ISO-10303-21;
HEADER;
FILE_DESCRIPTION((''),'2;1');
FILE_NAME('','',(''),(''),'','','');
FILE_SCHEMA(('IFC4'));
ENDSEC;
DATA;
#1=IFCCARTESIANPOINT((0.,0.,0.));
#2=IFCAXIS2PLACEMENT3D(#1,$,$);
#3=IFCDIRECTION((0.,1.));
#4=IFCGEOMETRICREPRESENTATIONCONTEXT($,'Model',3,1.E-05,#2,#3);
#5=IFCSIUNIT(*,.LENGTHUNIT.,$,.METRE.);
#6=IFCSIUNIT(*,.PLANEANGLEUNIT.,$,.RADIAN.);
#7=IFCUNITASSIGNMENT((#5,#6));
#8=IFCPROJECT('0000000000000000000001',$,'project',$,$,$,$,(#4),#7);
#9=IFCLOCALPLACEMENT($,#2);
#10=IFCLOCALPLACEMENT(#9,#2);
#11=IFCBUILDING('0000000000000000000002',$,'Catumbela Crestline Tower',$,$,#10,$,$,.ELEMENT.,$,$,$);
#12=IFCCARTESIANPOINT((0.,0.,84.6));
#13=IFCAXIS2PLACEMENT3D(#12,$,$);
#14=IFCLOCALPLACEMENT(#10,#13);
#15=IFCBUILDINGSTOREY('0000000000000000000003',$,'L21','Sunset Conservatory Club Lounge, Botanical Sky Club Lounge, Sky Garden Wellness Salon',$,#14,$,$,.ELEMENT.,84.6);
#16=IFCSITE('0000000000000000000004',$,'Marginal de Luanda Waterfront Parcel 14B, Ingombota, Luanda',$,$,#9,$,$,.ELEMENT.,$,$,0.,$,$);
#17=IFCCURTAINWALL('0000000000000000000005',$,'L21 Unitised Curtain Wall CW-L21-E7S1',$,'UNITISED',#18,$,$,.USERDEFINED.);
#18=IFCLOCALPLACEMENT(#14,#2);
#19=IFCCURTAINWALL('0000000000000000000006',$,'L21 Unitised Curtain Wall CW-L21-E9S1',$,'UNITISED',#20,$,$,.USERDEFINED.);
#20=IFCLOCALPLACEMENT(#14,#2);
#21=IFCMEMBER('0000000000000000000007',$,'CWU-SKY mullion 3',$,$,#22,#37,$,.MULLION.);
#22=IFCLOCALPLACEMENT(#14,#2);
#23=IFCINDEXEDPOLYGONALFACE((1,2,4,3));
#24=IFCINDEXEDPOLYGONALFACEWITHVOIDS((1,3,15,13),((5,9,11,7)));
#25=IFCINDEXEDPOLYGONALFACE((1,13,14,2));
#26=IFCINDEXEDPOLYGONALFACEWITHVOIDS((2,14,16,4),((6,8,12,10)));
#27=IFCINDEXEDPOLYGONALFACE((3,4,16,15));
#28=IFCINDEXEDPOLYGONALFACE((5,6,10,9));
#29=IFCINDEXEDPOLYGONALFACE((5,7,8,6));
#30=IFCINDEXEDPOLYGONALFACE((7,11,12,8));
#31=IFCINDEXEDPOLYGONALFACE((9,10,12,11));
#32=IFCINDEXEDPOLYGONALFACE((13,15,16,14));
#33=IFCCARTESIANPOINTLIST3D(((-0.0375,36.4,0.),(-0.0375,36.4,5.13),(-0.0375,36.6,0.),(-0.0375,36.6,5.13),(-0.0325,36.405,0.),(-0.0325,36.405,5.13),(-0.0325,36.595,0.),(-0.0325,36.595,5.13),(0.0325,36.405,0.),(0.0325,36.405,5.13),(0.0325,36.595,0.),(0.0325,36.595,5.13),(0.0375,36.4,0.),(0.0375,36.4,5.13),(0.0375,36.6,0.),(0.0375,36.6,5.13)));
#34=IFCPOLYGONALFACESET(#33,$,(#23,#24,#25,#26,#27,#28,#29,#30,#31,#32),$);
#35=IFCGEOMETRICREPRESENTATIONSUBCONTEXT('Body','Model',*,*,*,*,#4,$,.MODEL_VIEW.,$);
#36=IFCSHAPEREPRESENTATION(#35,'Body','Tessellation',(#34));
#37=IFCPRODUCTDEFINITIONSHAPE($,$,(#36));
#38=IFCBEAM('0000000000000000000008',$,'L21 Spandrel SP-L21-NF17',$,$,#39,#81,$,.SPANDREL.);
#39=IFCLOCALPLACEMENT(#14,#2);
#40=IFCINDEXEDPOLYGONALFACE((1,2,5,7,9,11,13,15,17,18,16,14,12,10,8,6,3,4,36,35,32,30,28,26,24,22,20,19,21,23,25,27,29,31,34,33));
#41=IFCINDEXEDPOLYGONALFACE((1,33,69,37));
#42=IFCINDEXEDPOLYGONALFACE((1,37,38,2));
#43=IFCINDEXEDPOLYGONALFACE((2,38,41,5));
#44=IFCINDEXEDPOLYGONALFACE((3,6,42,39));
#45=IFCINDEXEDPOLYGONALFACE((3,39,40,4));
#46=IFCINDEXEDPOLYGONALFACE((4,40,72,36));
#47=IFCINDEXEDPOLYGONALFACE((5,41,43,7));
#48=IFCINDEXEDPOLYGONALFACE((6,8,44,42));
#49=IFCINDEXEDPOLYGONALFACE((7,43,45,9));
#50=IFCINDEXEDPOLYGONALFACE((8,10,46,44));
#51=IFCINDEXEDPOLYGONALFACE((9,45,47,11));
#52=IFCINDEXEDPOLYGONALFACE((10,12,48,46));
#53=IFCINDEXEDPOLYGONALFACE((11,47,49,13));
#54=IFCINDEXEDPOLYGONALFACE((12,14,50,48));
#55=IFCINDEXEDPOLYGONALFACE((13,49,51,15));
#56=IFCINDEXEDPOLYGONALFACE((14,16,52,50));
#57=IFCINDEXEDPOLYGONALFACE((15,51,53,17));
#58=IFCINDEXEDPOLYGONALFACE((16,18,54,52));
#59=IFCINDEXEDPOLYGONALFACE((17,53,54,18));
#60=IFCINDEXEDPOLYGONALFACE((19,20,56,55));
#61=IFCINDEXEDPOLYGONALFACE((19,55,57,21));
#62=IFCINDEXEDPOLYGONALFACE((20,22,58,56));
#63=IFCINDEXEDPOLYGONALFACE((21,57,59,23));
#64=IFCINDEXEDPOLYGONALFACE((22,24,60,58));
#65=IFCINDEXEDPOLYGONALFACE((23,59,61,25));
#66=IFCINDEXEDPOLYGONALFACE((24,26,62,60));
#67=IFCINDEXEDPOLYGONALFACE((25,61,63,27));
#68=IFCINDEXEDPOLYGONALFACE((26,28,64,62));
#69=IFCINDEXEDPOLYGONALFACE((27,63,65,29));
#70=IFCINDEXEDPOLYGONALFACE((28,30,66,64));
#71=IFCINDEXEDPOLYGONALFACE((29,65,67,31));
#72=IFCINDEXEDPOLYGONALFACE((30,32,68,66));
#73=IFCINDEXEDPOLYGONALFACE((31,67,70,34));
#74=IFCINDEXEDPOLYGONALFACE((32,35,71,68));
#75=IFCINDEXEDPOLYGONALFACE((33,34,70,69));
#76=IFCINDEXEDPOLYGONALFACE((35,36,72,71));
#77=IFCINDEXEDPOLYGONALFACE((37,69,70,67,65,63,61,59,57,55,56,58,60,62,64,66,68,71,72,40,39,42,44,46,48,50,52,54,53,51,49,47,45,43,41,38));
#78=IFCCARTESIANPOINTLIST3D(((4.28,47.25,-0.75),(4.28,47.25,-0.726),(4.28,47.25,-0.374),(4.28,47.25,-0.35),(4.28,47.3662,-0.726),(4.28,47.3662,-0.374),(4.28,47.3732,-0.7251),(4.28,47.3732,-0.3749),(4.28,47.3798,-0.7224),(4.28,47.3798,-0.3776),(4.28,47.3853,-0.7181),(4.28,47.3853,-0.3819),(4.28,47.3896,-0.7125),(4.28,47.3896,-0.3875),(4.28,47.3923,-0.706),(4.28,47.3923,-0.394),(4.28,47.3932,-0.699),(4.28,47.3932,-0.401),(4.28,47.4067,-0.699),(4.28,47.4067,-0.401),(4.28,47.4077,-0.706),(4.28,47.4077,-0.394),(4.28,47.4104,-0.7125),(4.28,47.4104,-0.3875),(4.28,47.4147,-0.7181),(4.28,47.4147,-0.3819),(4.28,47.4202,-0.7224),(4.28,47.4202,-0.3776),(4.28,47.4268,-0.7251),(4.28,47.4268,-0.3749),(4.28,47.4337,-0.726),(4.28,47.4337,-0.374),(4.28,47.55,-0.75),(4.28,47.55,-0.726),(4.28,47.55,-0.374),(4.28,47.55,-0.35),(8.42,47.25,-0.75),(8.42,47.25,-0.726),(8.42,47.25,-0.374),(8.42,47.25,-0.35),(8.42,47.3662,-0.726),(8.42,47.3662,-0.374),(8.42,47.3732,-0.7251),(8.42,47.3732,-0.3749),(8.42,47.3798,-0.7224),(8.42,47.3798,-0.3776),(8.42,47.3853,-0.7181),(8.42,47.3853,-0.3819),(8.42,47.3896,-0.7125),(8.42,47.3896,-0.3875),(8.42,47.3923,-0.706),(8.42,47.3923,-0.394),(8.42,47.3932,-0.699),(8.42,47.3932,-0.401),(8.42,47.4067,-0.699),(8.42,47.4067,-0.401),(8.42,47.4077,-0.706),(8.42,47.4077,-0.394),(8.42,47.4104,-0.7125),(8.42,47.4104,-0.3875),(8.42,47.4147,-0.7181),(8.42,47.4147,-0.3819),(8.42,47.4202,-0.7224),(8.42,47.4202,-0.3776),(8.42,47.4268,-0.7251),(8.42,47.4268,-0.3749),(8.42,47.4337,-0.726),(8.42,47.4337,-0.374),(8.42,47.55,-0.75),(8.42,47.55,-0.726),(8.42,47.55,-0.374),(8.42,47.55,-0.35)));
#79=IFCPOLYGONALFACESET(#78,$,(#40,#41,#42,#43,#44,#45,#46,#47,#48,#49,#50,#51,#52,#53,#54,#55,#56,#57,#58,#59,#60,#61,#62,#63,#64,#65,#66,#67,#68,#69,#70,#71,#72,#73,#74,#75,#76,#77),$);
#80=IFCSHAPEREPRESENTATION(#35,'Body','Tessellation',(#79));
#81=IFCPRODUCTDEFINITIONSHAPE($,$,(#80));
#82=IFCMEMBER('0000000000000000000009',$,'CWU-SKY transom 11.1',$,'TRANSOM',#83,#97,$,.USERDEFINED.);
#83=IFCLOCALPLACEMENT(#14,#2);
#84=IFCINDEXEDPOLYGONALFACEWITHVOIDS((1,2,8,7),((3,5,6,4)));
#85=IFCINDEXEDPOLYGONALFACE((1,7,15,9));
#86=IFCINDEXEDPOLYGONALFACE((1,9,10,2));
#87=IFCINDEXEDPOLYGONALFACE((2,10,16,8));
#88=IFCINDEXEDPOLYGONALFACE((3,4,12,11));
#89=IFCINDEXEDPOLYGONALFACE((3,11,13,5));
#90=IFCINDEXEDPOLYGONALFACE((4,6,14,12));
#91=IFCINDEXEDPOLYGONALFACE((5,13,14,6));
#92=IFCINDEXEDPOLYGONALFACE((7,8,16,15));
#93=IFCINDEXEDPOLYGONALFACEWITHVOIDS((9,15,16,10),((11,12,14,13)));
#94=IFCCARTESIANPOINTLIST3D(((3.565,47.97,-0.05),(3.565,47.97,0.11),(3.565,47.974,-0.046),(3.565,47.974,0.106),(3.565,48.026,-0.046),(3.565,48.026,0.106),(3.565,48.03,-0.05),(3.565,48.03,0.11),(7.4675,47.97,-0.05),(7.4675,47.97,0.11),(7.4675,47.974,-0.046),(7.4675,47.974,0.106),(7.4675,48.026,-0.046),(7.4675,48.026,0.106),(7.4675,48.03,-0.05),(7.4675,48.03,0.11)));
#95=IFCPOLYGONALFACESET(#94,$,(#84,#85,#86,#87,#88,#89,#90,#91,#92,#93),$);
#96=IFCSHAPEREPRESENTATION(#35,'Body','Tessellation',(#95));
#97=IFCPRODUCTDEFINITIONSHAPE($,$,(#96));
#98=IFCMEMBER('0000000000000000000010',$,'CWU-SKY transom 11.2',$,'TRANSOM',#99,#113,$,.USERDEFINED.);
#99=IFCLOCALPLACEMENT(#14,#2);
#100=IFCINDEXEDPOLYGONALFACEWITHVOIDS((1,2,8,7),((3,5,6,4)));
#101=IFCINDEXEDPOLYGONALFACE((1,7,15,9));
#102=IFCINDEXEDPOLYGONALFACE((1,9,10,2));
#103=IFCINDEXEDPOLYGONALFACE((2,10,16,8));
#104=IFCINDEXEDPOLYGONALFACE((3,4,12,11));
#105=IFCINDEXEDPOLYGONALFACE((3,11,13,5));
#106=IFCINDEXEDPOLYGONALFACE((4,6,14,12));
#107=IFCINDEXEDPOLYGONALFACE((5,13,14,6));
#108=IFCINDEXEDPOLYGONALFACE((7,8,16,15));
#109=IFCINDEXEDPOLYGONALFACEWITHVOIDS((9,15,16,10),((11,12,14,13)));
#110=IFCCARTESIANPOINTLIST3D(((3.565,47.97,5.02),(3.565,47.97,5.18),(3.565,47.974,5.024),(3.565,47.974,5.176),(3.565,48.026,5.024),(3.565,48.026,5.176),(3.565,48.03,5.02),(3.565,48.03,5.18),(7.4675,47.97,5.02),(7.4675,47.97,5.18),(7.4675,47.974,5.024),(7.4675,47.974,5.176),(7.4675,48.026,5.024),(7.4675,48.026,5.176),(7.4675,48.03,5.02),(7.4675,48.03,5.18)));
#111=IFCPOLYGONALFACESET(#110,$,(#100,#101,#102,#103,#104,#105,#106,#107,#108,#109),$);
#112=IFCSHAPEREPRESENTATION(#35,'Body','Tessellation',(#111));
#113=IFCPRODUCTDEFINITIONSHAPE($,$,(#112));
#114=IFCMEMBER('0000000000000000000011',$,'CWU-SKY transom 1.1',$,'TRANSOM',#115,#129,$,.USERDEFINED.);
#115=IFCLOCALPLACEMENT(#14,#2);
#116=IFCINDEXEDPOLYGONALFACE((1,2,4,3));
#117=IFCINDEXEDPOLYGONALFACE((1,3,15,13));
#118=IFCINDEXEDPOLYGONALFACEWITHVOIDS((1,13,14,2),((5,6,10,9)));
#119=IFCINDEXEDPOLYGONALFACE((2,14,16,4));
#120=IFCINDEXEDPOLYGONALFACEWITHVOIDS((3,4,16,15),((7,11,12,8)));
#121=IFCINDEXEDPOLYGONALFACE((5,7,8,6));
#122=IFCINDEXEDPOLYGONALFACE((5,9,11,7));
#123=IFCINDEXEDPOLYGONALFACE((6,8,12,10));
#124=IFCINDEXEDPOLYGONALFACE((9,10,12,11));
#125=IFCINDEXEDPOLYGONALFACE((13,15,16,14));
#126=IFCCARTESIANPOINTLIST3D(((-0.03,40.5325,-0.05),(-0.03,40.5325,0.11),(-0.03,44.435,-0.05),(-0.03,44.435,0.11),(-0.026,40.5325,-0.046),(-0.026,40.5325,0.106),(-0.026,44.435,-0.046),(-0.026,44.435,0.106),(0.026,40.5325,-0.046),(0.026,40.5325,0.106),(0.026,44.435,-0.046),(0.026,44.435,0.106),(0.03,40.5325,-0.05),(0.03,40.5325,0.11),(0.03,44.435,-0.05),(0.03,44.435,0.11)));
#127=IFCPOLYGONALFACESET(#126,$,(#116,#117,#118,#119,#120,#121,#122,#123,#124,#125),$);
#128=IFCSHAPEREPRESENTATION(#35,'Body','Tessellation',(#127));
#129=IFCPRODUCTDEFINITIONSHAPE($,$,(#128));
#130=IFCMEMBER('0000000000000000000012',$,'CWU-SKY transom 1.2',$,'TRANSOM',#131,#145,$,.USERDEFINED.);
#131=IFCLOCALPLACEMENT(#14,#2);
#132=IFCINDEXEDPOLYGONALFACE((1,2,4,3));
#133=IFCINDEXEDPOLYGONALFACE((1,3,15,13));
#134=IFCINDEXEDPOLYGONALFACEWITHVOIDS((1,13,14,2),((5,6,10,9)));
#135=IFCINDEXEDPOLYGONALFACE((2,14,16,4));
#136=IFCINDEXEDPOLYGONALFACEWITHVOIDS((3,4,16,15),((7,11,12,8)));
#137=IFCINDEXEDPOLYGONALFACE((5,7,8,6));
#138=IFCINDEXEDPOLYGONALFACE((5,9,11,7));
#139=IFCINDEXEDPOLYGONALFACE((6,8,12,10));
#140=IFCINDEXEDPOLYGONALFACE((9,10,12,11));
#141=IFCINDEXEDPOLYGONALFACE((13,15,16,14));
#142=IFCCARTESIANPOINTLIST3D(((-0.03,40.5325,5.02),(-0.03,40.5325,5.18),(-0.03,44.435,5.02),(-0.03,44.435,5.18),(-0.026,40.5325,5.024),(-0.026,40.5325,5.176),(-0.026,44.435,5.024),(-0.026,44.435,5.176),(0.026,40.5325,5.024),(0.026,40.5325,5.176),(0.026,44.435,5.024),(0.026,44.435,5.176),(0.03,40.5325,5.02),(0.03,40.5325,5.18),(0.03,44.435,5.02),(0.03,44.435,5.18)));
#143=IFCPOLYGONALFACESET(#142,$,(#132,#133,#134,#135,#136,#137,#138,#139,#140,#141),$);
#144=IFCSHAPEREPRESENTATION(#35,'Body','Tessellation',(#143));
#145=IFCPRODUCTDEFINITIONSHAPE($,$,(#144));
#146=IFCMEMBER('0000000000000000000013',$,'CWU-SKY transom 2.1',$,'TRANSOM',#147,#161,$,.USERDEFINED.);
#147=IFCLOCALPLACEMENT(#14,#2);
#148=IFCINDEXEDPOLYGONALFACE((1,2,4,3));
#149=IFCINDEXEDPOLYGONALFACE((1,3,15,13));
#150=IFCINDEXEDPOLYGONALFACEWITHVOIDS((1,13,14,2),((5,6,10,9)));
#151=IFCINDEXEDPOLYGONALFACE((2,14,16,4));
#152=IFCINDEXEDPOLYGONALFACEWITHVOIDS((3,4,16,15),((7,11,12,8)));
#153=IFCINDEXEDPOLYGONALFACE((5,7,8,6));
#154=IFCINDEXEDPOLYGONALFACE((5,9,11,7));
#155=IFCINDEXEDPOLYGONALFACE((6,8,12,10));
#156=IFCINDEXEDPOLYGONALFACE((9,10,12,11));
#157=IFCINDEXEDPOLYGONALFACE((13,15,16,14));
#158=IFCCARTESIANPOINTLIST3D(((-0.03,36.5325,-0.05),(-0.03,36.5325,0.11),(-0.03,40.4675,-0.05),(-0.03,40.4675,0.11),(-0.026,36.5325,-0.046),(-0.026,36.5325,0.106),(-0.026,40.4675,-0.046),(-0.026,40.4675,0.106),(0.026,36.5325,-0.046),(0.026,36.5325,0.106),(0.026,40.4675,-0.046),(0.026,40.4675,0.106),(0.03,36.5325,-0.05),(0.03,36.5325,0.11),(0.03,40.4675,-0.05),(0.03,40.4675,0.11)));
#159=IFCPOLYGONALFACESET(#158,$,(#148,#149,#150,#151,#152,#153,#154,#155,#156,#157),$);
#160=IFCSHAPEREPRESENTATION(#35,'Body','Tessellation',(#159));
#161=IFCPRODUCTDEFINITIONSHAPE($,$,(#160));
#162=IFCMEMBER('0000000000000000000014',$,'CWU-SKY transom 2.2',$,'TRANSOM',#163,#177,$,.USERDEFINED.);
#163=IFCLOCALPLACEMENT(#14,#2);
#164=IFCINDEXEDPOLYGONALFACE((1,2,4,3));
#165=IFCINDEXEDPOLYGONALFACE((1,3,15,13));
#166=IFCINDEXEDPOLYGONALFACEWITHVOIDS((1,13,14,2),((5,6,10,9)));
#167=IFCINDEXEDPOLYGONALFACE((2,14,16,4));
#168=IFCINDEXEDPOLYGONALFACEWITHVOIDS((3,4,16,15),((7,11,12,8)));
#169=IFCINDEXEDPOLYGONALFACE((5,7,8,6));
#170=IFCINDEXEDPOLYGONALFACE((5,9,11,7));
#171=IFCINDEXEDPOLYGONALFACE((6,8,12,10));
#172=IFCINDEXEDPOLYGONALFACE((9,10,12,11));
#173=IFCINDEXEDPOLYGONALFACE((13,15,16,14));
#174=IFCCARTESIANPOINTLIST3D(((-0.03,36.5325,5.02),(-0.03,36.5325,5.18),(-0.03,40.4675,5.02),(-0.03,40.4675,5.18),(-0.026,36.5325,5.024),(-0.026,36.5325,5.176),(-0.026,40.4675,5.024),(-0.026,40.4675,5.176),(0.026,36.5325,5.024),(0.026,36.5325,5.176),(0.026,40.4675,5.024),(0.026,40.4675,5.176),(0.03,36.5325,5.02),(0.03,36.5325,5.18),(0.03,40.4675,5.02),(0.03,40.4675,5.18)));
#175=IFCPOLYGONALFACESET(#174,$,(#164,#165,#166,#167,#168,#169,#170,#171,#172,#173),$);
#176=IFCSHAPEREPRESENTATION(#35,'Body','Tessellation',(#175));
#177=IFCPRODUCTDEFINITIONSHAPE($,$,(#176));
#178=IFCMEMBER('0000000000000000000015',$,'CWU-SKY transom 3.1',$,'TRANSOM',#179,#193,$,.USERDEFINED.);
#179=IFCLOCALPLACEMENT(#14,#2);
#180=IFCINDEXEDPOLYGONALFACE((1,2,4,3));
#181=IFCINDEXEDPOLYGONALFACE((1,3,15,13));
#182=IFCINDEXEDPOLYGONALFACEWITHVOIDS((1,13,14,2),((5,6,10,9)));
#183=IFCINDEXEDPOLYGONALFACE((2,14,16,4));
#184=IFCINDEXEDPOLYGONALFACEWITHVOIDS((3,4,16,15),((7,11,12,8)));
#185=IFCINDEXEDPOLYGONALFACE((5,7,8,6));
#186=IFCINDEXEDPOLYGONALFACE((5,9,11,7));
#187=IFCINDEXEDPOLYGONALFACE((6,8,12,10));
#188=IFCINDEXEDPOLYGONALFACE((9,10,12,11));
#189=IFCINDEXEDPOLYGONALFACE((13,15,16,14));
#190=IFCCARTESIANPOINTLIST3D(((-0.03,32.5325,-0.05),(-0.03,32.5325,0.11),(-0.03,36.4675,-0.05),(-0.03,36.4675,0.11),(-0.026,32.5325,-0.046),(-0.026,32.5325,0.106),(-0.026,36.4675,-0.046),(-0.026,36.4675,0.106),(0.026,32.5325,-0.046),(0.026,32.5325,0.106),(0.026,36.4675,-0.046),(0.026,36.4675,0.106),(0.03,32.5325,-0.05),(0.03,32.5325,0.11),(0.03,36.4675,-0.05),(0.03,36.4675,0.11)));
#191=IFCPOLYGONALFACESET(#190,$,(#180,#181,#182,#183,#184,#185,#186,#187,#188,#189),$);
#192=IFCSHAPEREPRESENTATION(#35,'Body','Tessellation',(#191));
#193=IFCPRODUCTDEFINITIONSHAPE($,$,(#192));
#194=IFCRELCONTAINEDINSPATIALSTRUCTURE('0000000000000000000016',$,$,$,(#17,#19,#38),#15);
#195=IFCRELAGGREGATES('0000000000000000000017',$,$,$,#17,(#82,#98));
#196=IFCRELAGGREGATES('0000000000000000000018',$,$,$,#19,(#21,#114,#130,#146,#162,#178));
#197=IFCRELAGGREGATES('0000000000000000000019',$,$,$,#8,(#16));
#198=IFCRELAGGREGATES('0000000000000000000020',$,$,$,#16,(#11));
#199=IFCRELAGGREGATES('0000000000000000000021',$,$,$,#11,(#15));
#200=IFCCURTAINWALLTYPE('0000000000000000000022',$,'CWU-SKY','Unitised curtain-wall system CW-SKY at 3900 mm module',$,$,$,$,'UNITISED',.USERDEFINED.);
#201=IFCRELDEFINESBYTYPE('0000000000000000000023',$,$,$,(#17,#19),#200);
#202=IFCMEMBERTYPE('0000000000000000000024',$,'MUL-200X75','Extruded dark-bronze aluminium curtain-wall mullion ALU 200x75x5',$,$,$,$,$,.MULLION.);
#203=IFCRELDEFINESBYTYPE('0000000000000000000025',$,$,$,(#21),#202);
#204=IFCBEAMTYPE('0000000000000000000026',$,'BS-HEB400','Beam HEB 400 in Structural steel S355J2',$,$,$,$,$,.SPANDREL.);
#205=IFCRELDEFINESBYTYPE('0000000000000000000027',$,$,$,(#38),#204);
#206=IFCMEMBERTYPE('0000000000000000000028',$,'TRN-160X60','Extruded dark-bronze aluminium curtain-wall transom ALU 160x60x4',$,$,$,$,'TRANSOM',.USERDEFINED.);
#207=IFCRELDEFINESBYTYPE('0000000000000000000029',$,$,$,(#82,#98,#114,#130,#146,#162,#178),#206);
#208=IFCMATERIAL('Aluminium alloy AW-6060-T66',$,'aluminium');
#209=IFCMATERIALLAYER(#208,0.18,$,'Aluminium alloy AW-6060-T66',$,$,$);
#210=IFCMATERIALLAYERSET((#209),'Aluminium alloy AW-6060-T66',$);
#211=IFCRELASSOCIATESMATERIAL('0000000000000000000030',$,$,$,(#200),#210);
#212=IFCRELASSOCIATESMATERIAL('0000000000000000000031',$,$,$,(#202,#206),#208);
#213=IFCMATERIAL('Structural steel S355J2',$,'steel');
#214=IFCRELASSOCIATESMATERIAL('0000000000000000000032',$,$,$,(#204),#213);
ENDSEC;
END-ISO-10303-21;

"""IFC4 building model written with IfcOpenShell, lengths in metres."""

from ifc_helpers import new_model, si_unit, direction, frame, origin, origin_2d, place, context, subcontext, project, spatial, hollow_rectangle, i_section, extrude, material, layer, layer_set, material_profile, profile_set, type_object, element, aggregate, save


model = new_model("IFC4")

# Units and contexts
model_context = context("Model", 3, precision=1e-05, world=origin(), true_north=direction((0.0, 1.0)))
body_context = subcontext(model_context, "Body", "Model", "MODEL_VIEW")
ifc_project = project(units=[si_unit("LENGTHUNIT", "METRE"), si_unit("PLANEANGLEUNIT", "RADIAN")], contexts=[model_context])

# Site, building, storey
site_placement = place(None, origin())
site = spatial("IfcSite", under=ifc_project, at=site_placement, Name="Marginal de Luanda Waterfront Parcel 14B, Ingombota, Luanda", CompositionType="ELEMENT", RefElevation=0.0)
building_placement = place(site_placement, origin())
building = spatial("IfcBuilding", under=site, at=building_placement, Name="Catumbela Crestline Tower", CompositionType="ELEMENT")
storey_placement = place(building_placement, frame((0.0, 0.0, 84.6)))
storey = spatial("IfcBuildingStorey", under=building, at=storey_placement, Name="L21", Description="Sunset Conservatory Club Lounge, Botanical Sky Club Lounge, Sky Garden Wellness Salon", CompositionType="ELEMENT", Elevation=84.6)

# Shared definitions
ifc_material_1 = material(Name="Structural steel S355J2", Category="steel")

# Curtain wall
ifc_material_2 = material(Name="Aluminium alloy AW-6060-T66", Category="aluminium")
ifc_layer_1 = layer(ifc_material_2, 0.18, Name="Aluminium alloy AW-6060-T66")
ifc_layer_set_1 = layer_set([ifc_layer_1], Name="Aluminium alloy AW-6060-T66")
curtain_wall_type = type_object("IfcCurtainWallType", Name="CWU-SKY", Description="Unitised curtain-wall system CW-SKY at 3900 mm module", ElementType="UNITISED", PredefinedType="USERDEFINED", material=ifc_layer_set_1)
curtain_wall_1_placement = place(storey_placement, origin())
curtain_wall_1 = element("IfcCurtainWall", 1, at=curtain_wall_1_placement, inside=storey, type_object=curtain_wall_type, Name="L21 Unitised Curtain Wall CW-L21-E7S1", ObjectType="UNITISED", PredefinedType="USERDEFINED")
ifc_material_profile_1 = material_profile(ifc_material_2, hollow_rectangle(XDim=0.075, YDim=0.2, WallThickness=0.005, at=origin_2d()), Name="ALU 200x75x5")
ifc_profile_set_1 = profile_set([ifc_material_profile_1], Name="Aluminium alloy AW-6060-T66")
member_type_1 = type_object("IfcMemberType", Name="MUL-200X75", Description="Extruded dark-bronze aluminium curtain-wall mullion ALU 200x75x5", PredefinedType="MULLION", material=ifc_profile_set_1)

# Curtain wall, member
curtain_wall_2_placement = place(storey_placement, origin())
curtain_wall_2 = element("IfcCurtainWall", 2, at=curtain_wall_2_placement, inside=storey, type_object=curtain_wall_type, Name="L21 Unitised Curtain Wall CW-L21-E9S1", ObjectType="UNITISED", PredefinedType="USERDEFINED")
member_1_placement = place(storey_placement, frame((0.0, 36.5, 0.0), z_axis=(0.0, 0.0, 1.0), x_axis=(1.0, 0.0, 0.0)))
member_1 = element("IfcMember", 3, at=member_1_placement, type_object=member_type_1, Name="CWU-SKY mullion 3", PredefinedType="MULLION", context=body_context, shape_type="SweptSolid", body=[
    extrude(hollow_rectangle(XDim=0.075, YDim=0.2, WallThickness=0.005, at=origin_2d()), origin(), (0.0, 0.0, 1.0), 5.13),
])

# Beam
ifc_material_profile_2 = material_profile(ifc_material_1, i_section(OverallWidth=0.3, OverallDepth=0.4, WebThickness=0.0135, FlangeThickness=0.024, FilletRadius=0.027, at=origin_2d()), Name="HEB 400")
ifc_profile_set_2 = profile_set([ifc_material_profile_2], Name="Structural steel S355J2")
beam_type_1 = type_object("IfcBeamType", Name="BS-HEB400", Description="Beam HEB 400 in Structural steel S355J2", PredefinedType="SPANDREL", material=ifc_profile_set_2)
beam_1_placement = place(storey_placement, frame((4.28, 47.4, -0.55), z_axis=(1.0, 0.0, 0.0), x_axis=(0.0, 1.0, 0.0)))
element("IfcBeam", 4, at=beam_1_placement, inside=storey, type_object=beam_type_1, Name="L21 Spandrel SP-L21-NF17", PredefinedType="SPANDREL", context=body_context, shape_type="SweptSolid", body=[
    extrude(i_section(OverallWidth=0.3, OverallDepth=0.4, WebThickness=0.0135, FlangeThickness=0.024, FilletRadius=0.027, at=origin_2d()), origin(), (0.0, 0.0, 1.0), 4.14),
])

# Members
ifc_material_profile_3 = material_profile(ifc_material_2, hollow_rectangle(XDim=0.06, YDim=0.16, WallThickness=0.004, at=origin_2d()), Name="ALU 160x60x4")
ifc_profile_set_3 = profile_set([ifc_material_profile_3], Name="Aluminium alloy AW-6060-T66")
member_type_2 = type_object("IfcMemberType", Name="TRN-160X60", Description="Extruded dark-bronze aluminium curtain-wall transom ALU 160x60x4", ElementType="TRANSOM", PredefinedType="USERDEFINED", material=ifc_profile_set_3)
member_2_placement = place(storey_placement, frame((7.4675, 48.0, 0.03), z_axis=(-1.0, 0.0, 0.0), x_axis=(0.0, -1.0, 0.0)))
member_2 = element("IfcMember", 5, at=member_2_placement, type_object=member_type_2, Name="CWU-SKY transom 11.1", ObjectType="TRANSOM", PredefinedType="USERDEFINED", context=body_context, shape_type="SweptSolid", body=[
    extrude(hollow_rectangle(XDim=0.06, YDim=0.16, WallThickness=0.004, at=origin_2d()), origin(), (0.0, 0.0, 1.0), 3.9025),
])
member_3_placement = place(storey_placement, frame((7.4675, 48.0, 5.1), z_axis=(-1.0, 0.0, 0.0), x_axis=(0.0, -1.0, 0.0)))
member_3 = element("IfcMember", 6, at=member_3_placement, type_object=member_type_2, Name="CWU-SKY transom 11.2", ObjectType="TRANSOM", PredefinedType="USERDEFINED", context=body_context, shape_type="SweptSolid", body=[
    extrude(hollow_rectangle(XDim=0.06, YDim=0.16, WallThickness=0.004, at=origin_2d()), origin(), (0.0, 0.0, 1.0), 3.9025),
])
member_4_placement = place(storey_placement, frame((0.0, 44.435, 0.03), z_axis=(0.0, -1.0, 0.0), x_axis=(1.0, 0.0, 0.0)))
member_4 = element("IfcMember", 7, at=member_4_placement, type_object=member_type_2, Name="CWU-SKY transom 1.1", ObjectType="TRANSOM", PredefinedType="USERDEFINED", context=body_context, shape_type="SweptSolid", body=[
    extrude(hollow_rectangle(XDim=0.06, YDim=0.16, WallThickness=0.004, at=origin_2d()), origin(), (0.0, 0.0, 1.0), 3.9025),
])
member_5_placement = place(storey_placement, frame((0.0, 44.435, 5.1), z_axis=(0.0, -1.0, 0.0), x_axis=(1.0, 0.0, 0.0)))
member_5 = element("IfcMember", 8, at=member_5_placement, type_object=member_type_2, Name="CWU-SKY transom 1.2", ObjectType="TRANSOM", PredefinedType="USERDEFINED", context=body_context, shape_type="SweptSolid", body=[
    extrude(hollow_rectangle(XDim=0.06, YDim=0.16, WallThickness=0.004, at=origin_2d()), origin(), (0.0, 0.0, 1.0), 3.9025),
])
member_6_placement = place(storey_placement, frame((0.0, 40.4675, 0.03), z_axis=(0.0, -1.0, 0.0), x_axis=(1.0, 0.0, 0.0)))
member_6 = element("IfcMember", 9, at=member_6_placement, type_object=member_type_2, Name="CWU-SKY transom 2.1", ObjectType="TRANSOM", PredefinedType="USERDEFINED", context=body_context, shape_type="SweptSolid", body=[
    extrude(hollow_rectangle(XDim=0.06, YDim=0.16, WallThickness=0.004, at=origin_2d()), origin(), (0.0, 0.0, 1.0), 3.935),
])
member_7_placement = place(storey_placement, frame((0.0, 40.4675, 5.1), z_axis=(0.0, -1.0, 0.0), x_axis=(1.0, 0.0, 0.0)))
member_7 = element("IfcMember", 10, at=member_7_placement, type_object=member_type_2, Name="CWU-SKY transom 2.2", ObjectType="TRANSOM", PredefinedType="USERDEFINED", context=body_context, shape_type="SweptSolid", body=[
    extrude(hollow_rectangle(XDim=0.06, YDim=0.16, WallThickness=0.004, at=origin_2d()), origin(), (0.0, 0.0, 1.0), 3.935),
])
member_8_placement = place(storey_placement, frame((0.0, 36.4675, 0.03), z_axis=(0.0, -1.0, 0.0), x_axis=(1.0, 0.0, 0.0)))
member_8 = element("IfcMember", 11, at=member_8_placement, type_object=member_type_2, Name="CWU-SKY transom 3.1", ObjectType="TRANSOM", PredefinedType="USERDEFINED", context=body_context, shape_type="SweptSolid", body=[
    extrude(hollow_rectangle(XDim=0.06, YDim=0.16, WallThickness=0.004, at=origin_2d()), origin(), (0.0, 0.0, 1.0), 3.935),
])

aggregate(curtain_wall_1, [member_2, member_3])
aggregate(curtain_wall_2, [member_1, member_4, member_5, member_6, member_7, member_8])

save(model, "model.ifc")
